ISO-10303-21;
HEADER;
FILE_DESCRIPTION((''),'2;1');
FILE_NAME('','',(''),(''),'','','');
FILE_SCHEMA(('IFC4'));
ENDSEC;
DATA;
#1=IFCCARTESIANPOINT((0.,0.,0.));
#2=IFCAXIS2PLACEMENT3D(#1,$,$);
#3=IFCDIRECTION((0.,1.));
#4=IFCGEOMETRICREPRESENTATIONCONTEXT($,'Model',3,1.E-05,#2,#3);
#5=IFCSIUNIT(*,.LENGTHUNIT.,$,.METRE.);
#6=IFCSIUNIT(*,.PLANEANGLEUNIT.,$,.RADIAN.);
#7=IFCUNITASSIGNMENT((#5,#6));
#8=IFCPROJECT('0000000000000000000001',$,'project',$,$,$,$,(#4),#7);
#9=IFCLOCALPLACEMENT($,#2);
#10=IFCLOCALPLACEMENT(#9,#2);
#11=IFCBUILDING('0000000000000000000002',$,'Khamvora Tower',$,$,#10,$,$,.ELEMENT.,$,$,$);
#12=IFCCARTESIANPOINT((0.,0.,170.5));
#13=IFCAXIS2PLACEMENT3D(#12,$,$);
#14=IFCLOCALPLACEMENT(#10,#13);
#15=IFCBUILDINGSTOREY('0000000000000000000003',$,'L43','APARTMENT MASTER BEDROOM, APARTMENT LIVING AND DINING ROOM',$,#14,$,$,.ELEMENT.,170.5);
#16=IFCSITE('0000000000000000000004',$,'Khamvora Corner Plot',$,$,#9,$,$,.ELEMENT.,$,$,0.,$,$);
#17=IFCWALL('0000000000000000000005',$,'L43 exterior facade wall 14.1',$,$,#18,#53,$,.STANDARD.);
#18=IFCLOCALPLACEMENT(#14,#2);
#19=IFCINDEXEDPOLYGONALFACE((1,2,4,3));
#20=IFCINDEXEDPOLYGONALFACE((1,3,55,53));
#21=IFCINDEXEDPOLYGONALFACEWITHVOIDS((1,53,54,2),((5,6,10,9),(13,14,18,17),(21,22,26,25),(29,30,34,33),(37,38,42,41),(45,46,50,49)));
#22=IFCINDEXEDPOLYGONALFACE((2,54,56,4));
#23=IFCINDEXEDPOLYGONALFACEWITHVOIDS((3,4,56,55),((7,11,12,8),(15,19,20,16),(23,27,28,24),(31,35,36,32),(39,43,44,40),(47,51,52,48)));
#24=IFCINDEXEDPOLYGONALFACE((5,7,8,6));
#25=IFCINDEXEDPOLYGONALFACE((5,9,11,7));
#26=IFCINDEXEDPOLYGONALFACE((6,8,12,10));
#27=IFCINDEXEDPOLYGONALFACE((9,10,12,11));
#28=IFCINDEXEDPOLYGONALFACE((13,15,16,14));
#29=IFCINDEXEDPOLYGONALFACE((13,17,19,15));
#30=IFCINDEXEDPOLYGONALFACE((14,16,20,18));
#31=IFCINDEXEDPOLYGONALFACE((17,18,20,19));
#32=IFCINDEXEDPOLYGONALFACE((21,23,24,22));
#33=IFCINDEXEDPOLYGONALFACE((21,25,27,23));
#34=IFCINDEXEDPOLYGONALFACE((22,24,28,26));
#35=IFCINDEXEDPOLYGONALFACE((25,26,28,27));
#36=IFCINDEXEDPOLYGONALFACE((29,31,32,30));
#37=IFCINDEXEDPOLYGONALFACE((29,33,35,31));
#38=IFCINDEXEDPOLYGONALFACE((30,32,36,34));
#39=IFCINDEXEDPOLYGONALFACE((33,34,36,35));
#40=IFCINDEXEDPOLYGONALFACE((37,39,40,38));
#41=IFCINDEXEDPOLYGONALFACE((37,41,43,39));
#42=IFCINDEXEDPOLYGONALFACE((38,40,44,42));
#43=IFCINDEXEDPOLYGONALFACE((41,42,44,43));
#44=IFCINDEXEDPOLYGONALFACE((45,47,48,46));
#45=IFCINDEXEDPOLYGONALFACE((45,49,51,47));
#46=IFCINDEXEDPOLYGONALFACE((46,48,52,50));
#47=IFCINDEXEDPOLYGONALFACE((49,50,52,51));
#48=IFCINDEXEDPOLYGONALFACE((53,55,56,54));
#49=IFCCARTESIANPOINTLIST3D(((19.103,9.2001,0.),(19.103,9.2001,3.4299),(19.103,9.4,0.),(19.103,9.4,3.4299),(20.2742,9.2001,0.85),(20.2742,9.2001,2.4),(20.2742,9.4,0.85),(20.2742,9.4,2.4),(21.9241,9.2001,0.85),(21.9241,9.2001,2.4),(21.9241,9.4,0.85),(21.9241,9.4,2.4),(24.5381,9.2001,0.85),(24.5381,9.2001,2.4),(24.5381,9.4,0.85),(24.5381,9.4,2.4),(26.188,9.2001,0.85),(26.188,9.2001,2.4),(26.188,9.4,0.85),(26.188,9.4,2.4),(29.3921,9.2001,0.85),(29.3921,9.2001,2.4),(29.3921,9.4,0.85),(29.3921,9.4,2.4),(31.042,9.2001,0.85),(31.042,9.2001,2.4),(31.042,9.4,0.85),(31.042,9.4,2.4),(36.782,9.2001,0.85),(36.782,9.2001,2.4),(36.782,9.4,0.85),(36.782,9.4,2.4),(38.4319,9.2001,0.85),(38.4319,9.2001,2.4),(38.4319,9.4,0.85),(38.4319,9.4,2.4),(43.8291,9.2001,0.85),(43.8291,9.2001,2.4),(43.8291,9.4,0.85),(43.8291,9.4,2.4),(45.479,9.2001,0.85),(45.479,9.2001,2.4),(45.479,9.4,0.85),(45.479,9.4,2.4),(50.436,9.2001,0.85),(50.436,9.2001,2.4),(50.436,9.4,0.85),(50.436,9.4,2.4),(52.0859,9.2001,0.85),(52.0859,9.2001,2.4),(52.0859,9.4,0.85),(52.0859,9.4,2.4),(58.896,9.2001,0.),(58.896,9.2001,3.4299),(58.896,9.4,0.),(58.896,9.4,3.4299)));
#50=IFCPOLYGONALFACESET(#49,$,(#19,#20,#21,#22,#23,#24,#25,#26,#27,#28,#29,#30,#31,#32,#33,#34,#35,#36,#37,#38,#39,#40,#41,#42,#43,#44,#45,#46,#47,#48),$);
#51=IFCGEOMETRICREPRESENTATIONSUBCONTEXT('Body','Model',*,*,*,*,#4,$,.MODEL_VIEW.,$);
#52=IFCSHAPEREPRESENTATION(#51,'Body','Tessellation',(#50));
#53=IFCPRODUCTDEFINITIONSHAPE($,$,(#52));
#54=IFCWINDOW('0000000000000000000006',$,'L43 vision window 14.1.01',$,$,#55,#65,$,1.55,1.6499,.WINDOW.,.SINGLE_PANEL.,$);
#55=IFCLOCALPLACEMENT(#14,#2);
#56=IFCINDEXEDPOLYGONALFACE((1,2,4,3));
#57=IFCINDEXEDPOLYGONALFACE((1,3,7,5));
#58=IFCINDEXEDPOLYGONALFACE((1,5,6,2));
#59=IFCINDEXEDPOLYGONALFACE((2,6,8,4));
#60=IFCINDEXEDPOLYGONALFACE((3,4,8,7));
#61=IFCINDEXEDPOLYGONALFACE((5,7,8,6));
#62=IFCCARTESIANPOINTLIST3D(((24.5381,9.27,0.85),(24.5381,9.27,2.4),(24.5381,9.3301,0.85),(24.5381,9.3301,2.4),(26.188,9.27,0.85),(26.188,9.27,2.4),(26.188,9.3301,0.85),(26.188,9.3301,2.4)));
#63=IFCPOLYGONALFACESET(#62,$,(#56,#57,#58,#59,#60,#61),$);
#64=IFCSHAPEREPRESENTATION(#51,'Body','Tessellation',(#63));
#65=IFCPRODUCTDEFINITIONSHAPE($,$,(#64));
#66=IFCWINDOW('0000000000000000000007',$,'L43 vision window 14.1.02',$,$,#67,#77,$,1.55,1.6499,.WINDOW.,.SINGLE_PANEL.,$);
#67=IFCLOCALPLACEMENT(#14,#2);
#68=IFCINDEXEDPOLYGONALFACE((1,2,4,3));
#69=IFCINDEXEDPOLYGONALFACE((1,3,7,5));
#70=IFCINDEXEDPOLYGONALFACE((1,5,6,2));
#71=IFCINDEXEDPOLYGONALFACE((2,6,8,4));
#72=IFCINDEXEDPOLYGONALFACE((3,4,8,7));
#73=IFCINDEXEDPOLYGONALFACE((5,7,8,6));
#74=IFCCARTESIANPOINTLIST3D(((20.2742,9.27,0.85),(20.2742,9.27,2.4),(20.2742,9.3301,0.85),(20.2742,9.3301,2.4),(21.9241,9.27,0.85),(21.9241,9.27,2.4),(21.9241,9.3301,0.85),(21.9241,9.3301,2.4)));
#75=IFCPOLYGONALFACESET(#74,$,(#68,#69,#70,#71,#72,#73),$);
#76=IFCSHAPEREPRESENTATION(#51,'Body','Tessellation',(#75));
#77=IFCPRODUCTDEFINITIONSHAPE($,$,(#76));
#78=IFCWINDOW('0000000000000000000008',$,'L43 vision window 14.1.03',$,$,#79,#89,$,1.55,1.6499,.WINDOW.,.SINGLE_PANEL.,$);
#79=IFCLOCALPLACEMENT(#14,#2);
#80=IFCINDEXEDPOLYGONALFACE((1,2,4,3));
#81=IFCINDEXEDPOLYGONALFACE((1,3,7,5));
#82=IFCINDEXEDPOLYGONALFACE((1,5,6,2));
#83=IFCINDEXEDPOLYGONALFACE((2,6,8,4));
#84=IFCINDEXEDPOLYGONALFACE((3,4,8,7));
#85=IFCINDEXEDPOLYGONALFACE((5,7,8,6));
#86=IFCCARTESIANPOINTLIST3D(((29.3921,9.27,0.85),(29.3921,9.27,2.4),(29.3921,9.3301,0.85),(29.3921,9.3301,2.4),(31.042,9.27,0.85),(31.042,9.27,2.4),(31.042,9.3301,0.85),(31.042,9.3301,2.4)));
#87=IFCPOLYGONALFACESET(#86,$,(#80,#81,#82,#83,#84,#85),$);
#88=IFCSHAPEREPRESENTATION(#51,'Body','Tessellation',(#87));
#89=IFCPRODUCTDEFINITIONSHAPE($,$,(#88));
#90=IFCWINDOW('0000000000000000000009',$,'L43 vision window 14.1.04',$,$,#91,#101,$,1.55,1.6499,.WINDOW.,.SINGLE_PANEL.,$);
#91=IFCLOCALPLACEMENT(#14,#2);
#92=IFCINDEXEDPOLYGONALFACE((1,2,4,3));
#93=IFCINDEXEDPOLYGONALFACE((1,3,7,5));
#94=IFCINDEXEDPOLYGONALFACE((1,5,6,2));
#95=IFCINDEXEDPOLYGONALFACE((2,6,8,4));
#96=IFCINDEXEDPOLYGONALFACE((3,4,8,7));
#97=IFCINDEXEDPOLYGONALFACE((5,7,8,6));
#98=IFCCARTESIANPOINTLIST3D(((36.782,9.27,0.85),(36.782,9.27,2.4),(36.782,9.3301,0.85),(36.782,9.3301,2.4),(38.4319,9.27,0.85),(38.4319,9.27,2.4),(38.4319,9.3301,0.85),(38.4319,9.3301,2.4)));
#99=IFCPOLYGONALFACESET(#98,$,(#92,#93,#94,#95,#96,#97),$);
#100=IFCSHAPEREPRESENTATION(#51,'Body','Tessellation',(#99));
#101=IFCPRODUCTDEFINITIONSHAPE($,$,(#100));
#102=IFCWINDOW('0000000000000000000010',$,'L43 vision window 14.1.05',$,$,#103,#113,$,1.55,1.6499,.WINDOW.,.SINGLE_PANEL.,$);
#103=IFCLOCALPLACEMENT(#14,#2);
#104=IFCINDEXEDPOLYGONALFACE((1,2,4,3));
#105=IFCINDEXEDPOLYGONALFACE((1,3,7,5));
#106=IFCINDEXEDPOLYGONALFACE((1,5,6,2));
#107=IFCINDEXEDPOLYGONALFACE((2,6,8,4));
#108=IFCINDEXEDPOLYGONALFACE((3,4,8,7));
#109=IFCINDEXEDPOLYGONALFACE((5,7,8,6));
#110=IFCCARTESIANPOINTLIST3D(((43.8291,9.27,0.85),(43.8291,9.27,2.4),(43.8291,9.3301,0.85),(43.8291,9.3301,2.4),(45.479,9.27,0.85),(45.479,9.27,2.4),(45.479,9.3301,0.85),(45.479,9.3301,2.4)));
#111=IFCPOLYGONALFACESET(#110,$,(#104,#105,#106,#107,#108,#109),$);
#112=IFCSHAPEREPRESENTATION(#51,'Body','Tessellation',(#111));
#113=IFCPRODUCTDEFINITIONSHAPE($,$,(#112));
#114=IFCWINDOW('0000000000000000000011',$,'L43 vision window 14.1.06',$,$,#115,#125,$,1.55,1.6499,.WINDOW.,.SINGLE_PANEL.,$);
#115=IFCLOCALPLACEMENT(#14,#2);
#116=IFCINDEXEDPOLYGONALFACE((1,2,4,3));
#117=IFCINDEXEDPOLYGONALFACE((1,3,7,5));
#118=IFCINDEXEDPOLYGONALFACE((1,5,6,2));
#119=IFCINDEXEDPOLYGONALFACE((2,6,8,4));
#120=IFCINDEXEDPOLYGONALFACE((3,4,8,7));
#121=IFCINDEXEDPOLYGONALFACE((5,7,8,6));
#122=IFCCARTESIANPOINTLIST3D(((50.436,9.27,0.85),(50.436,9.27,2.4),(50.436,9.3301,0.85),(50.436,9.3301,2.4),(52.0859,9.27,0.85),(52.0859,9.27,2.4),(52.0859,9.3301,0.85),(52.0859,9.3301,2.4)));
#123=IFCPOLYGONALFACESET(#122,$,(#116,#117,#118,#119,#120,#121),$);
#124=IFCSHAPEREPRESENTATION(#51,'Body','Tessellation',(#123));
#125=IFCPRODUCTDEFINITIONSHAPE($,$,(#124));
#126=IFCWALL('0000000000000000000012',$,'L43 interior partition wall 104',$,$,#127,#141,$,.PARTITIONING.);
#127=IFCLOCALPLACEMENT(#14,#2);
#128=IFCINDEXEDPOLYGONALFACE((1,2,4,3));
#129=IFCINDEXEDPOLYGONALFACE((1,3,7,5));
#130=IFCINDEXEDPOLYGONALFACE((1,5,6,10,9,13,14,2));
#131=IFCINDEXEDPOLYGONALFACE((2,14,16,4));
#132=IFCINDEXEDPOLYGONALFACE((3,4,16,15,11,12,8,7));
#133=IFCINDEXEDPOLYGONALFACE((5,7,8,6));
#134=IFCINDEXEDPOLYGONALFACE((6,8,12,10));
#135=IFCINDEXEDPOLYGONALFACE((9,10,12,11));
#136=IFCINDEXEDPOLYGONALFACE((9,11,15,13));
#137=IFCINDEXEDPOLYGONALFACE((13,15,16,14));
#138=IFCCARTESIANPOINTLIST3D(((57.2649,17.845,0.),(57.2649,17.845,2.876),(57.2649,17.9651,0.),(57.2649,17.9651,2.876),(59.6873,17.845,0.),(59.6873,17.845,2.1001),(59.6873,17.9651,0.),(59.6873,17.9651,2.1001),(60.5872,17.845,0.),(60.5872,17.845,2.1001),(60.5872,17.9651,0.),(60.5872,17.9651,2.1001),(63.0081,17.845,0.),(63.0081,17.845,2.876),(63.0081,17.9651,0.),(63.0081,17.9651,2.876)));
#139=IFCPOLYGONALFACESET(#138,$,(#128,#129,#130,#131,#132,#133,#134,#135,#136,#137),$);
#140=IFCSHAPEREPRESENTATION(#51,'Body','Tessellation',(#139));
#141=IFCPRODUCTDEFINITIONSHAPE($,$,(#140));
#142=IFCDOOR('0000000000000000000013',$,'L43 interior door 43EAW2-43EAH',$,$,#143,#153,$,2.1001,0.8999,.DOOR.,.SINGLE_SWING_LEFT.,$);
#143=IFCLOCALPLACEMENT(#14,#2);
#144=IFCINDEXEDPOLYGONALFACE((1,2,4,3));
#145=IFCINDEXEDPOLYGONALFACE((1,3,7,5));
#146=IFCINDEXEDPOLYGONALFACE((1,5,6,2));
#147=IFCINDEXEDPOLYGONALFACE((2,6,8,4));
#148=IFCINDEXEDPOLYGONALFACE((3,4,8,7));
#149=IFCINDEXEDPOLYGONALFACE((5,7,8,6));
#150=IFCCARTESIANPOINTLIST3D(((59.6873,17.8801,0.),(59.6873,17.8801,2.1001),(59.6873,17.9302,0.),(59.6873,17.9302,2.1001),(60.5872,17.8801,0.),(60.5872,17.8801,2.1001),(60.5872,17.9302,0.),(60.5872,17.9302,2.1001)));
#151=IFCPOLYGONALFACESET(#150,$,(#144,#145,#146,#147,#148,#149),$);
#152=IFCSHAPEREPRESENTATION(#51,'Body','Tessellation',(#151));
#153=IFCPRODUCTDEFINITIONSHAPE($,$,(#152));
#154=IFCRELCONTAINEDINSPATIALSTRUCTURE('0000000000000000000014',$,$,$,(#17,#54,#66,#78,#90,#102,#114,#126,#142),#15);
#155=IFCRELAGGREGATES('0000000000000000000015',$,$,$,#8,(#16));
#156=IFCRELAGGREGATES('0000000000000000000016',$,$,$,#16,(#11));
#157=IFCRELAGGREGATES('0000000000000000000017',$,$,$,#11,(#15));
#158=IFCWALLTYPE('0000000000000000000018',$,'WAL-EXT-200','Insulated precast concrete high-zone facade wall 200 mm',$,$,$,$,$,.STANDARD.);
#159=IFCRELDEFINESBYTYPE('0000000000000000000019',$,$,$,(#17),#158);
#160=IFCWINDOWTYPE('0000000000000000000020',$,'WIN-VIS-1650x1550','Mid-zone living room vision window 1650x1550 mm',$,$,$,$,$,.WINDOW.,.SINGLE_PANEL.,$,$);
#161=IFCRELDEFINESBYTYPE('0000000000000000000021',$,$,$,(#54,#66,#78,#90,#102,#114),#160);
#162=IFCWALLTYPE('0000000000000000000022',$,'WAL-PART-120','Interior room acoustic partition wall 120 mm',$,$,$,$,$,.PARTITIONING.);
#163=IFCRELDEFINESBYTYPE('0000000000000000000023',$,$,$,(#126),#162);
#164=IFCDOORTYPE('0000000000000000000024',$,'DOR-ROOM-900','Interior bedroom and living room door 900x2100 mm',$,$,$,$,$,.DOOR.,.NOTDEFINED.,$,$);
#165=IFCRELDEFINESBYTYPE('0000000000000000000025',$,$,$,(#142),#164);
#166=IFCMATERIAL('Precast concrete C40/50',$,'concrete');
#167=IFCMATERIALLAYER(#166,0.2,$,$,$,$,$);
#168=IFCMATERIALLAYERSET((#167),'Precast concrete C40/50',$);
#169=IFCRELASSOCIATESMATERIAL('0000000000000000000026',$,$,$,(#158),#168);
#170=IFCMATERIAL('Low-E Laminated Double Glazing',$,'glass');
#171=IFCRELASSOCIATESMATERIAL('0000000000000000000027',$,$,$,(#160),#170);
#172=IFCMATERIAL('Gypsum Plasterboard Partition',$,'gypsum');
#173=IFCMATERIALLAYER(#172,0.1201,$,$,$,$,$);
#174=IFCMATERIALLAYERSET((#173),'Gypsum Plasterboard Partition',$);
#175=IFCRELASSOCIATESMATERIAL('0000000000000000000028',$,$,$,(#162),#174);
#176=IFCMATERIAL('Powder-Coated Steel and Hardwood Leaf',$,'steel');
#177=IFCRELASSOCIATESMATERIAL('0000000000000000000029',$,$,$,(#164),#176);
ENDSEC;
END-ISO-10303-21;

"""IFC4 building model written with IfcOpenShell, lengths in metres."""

from ifc_helpers import new_model, si_unit, direction, frame, frame_2d, origin, place, context, subcontext, project, spatial, rectangle, extrude, material, layer, layer_set, type_object, element, fill, save


model = new_model("IFC4")

# Units and contexts
model_context = context("Model", 3, precision=1e-05, world=origin(), true_north=direction((0.0, 1.0)))
body_context = subcontext(model_context, "Body", "Model", "MODEL_VIEW")
ifc_project = project(units=[si_unit("LENGTHUNIT", "METRE"), si_unit("PLANEANGLEUNIT", "RADIAN")], contexts=[model_context])

# Site, building, storey
site_placement = place(None, origin())
site = spatial("IfcSite", under=ifc_project, at=site_placement, Name="Khamvora Corner Plot", CompositionType="ELEMENT", RefElevation=0.0)
building_placement = place(site_placement, origin())
building = spatial("IfcBuilding", under=site, at=building_placement, Name="Khamvora Tower", CompositionType="ELEMENT")
storey_placement = place(building_placement, frame((0.0, 0.0, 170.5)))
storey = spatial("IfcBuildingStorey", under=building, at=storey_placement, Name="L43", Description="APARTMENT MASTER BEDROOM, APARTMENT LIVING AND DINING ROOM", CompositionType="ELEMENT", Elevation=170.5)

# Shared definitions
ifc_material_1 = material(Name="Precast concrete C40/50", Category="concrete")
ifc_layer_1 = layer(ifc_material_1, 0.2)
ifc_layer_set_1 = layer_set([ifc_layer_1], Name="Precast concrete C40/50")
wall_type_1 = type_object("IfcWallType", Name="WAL-EXT-200", Description="Insulated precast concrete high-zone facade wall 200 mm", PredefinedType="STANDARD", material=ifc_layer_set_1)

# Wall, openings, windows
wall_1_placement = place(storey_placement, frame((58.896, 9.3, 0.0), z_axis=(0.0, 0.0, 1.0), x_axis=(-1.0, 0.0, 0.0)))
wall_1 = element("IfcWall", 1, at=wall_1_placement, inside=storey, type_object=wall_type_1, Name="L43 exterior facade wall 14.1", PredefinedType="STANDARD", context=body_context, shape_type="SweptSolid", body=[
    extrude(rectangle(XDim=39.793, YDim=0.2, at=frame_2d((19.8965, 0.0))), origin(), (0.0, 0.0, 1.0), 3.4299),
])
opening_1_placement = place(wall_1_placement, frame((32.708, 0.0, 0.8501)))
opening_1 = element("IfcOpeningElement", 2, at=opening_1_placement, cuts=wall_1, PredefinedType="OPENING", context=body_context, shape_type="SweptSolid", body=[
    extrude(rectangle(XDim=1.6499, YDim=1.55, at=frame_2d((0.825, 0.7749))), frame((0.0, 0.1099, 0.0), z_axis=(0.0, -1.0, 0.0), x_axis=(1.0, 0.0, 0.0)), (0.0, 0.0, 1.0), 0.22),
])
opening_2_placement = place(wall_1_placement, frame((36.9719, 0.0, 0.8501)))
opening_2 = element("IfcOpeningElement", 3, at=opening_2_placement, cuts=wall_1, PredefinedType="OPENING", context=body_context, shape_type="SweptSolid", body=[
    extrude(rectangle(XDim=1.6499, YDim=1.55, at=frame_2d((0.825, 0.7749))), frame((0.0, 0.1099, 0.0), z_axis=(0.0, -1.0, 0.0), x_axis=(1.0, 0.0, 0.0)), (0.0, 0.0, 1.0), 0.22),
])
opening_3_placement = place(wall_1_placement, frame((27.854, 0.0, 0.8501)))
opening_3 = element("IfcOpeningElement", 4, at=opening_3_placement, cuts=wall_1, PredefinedType="OPENING", context=body_context, shape_type="SweptSolid", body=[
    extrude(rectangle(XDim=1.6499, YDim=1.55, at=frame_2d((0.825, 0.7749))), frame((0.0, 0.1099, 0.0), z_axis=(0.0, -1.0, 0.0), x_axis=(1.0, 0.0, 0.0)), (0.0, 0.0, 1.0), 0.22),
])
opening_4_placement = place(wall_1_placement, frame((20.4641, 0.0, 0.8501)))
opening_4 = element("IfcOpeningElement", 5, at=opening_4_placement, cuts=wall_1, PredefinedType="OPENING", context=body_context, shape_type="SweptSolid", body=[
    extrude(rectangle(XDim=1.6499, YDim=1.55, at=frame_2d((0.825, 0.7749))), frame((0.0, 0.1099, 0.0), z_axis=(0.0, -1.0, 0.0), x_axis=(1.0, 0.0, 0.0)), (0.0, 0.0, 1.0), 0.22),
])
opening_5_placement = place(wall_1_placement, frame((13.417, 0.0, 0.8501)))
opening_5 = element("IfcOpeningElement", 6, at=opening_5_placement, cuts=wall_1, PredefinedType="OPENING", context=body_context, shape_type="SweptSolid", body=[
    extrude(rectangle(XDim=1.6499, YDim=1.55, at=frame_2d((0.825, 0.7749))), frame((0.0, 0.1099, 0.0), z_axis=(0.0, -1.0, 0.0), x_axis=(1.0, 0.0, 0.0)), (0.0, 0.0, 1.0), 0.22),
])
opening_6_placement = place(wall_1_placement, frame((6.8101, 0.0, 0.8501)))
opening_6 = element("IfcOpeningElement", 7, at=opening_6_placement, cuts=wall_1, PredefinedType="OPENING", context=body_context, shape_type="SweptSolid", body=[
    extrude(rectangle(XDim=1.6499, YDim=1.55, at=frame_2d((0.825, 0.7749))), frame((0.0, 0.1099, 0.0), z_axis=(0.0, -1.0, 0.0), x_axis=(1.0, 0.0, 0.0)), (0.0, 0.0, 1.0), 0.22),
])
ifc_material_2 = material(Name="Low-E Laminated Double Glazing", Category="glass")
window_type = type_object("IfcWindowType", Name="WIN-VIS-1650x1550", Description="Mid-zone living room vision window 1650x1550 mm", PartitioningType="SINGLE_PANEL", PredefinedType="WINDOW", material=ifc_material_2)
window_1_placement = place(opening_1_placement, origin())
window_1 = element("IfcWindow", 8, at=window_1_placement, inside=storey, type_object=window_type, Name="L43 vision window 14.1.01", OverallHeight=1.55, OverallWidth=1.6499, PartitioningType="SINGLE_PANEL", PredefinedType="WINDOW", context=body_context, shape_type="SweptSolid", body=[
    extrude(rectangle(XDim=1.6499, YDim=1.55, at=frame_2d((0.825, 0.7749))), frame((0.0, 0.03, 0.0), z_axis=(0.0, -1.0, 0.0), x_axis=(1.0, 0.0, 0.0)), (0.0, 0.0, 1.0), 0.0601),
])
fill(opening_1, window_1)
window_2_placement = place(opening_2_placement, origin())
window_2 = element("IfcWindow", 9, at=window_2_placement, inside=storey, type_object=window_type, Name="L43 vision window 14.1.02", OverallHeight=1.55, OverallWidth=1.6499, PartitioningType="SINGLE_PANEL", PredefinedType="WINDOW", context=body_context, shape_type="SweptSolid", body=[
    extrude(rectangle(XDim=1.6499, YDim=1.55, at=frame_2d((0.825, 0.7749))), frame((0.0, 0.03, 0.0), z_axis=(0.0, -1.0, 0.0), x_axis=(1.0, 0.0, 0.0)), (0.0, 0.0, 1.0), 0.0601),
])
fill(opening_2, window_2)
window_3_placement = place(opening_3_placement, origin())
window_3 = element("IfcWindow", 10, at=window_3_placement, inside=storey, type_object=window_type, Name="L43 vision window 14.1.03", OverallHeight=1.55, OverallWidth=1.6499, PartitioningType="SINGLE_PANEL", PredefinedType="WINDOW", context=body_context, shape_type="SweptSolid", body=[
    extrude(rectangle(XDim=1.6499, YDim=1.55, at=frame_2d((0.825, 0.7749))), frame((0.0, 0.03, 0.0), z_axis=(0.0, -1.0, 0.0), x_axis=(1.0, 0.0, 0.0)), (0.0, 0.0, 1.0), 0.0601),
])
fill(opening_3, window_3)
window_4_placement = place(opening_4_placement, origin())
window_4 = element("IfcWindow", 11, at=window_4_placement, inside=storey, type_object=window_type, Name="L43 vision window 14.1.04", OverallHeight=1.55, OverallWidth=1.6499, PartitioningType="SINGLE_PANEL", PredefinedType="WINDOW", context=body_context, shape_type="SweptSolid", body=[
    extrude(rectangle(XDim=1.6499, YDim=1.55, at=frame_2d((0.825, 0.7749))), frame((0.0, 0.03, 0.0), z_axis=(0.0, -1.0, 0.0), x_axis=(1.0, 0.0, 0.0)), (0.0, 0.0, 1.0), 0.0601),
])
fill(opening_4, window_4)
window_5_placement = place(opening_5_placement, origin())
window_5 = element("IfcWindow", 12, at=window_5_placement, inside=storey, type_object=window_type, Name="L43 vision window 14.1.05", OverallHeight=1.55, OverallWidth=1.6499, PartitioningType="SINGLE_PANEL", PredefinedType="WINDOW", context=body_context, shape_type="SweptSolid", body=[
    extrude(rectangle(XDim=1.6499, YDim=1.55, at=frame_2d((0.825, 0.7749))), frame((0.0, 0.03, 0.0), z_axis=(0.0, -1.0, 0.0), x_axis=(1.0, 0.0, 0.0)), (0.0, 0.0, 1.0), 0.0601),
])
fill(opening_5, window_5)
window_6_placement = place(opening_6_placement, origin())
window_6 = element("IfcWindow", 13, at=window_6_placement, inside=storey, type_object=window_type, Name="L43 vision window 14.1.06", OverallHeight=1.55, OverallWidth=1.6499, PartitioningType="SINGLE_PANEL", PredefinedType="WINDOW", context=body_context, shape_type="SweptSolid", body=[
    extrude(rectangle(XDim=1.6499, YDim=1.55, at=frame_2d((0.825, 0.7749))), frame((0.0, 0.03, 0.0), z_axis=(0.0, -1.0, 0.0), x_axis=(1.0, 0.0, 0.0)), (0.0, 0.0, 1.0), 0.0601),
])
fill(opening_6, window_6)

# Wall, opening, door
ifc_material_3 = material(Name="Gypsum Plasterboard Partition", Category="gypsum")
ifc_layer_2 = layer(ifc_material_3, 0.1201)
ifc_layer_set_2 = layer_set([ifc_layer_2], Name="Gypsum Plasterboard Partition")
wall_type_2 = type_object("IfcWallType", Name="WAL-PART-120", Description="Interior room acoustic partition wall 120 mm", PredefinedType="PARTITIONING", material=ifc_layer_set_2)
wall_2_placement = place(storey_placement, frame((63.0081, 17.905, 0.0), z_axis=(0.0, 0.0, 1.0), x_axis=(-1.0, 0.0, 0.0)))
wall_2 = element("IfcWall", 14, at=wall_2_placement, inside=storey, type_object=wall_type_2, Name="L43 interior partition wall 104", PredefinedType="PARTITIONING", context=body_context, shape_type="SweptSolid", body=[
    extrude(rectangle(XDim=5.7432, YDim=0.1201, at=frame_2d((2.8716, 0.0))), origin(), (0.0, 0.0, 1.0), 2.876),
])
opening_7_placement = place(wall_2_placement, frame((2.4209, 0.0, 0.0)))
opening_7 = element("IfcOpeningElement", 15, at=opening_7_placement, cuts=wall_2, PredefinedType="OPENING", context=body_context, shape_type="SweptSolid", body=[
    extrude(rectangle(XDim=0.8999, YDim=2.1001, at=frame_2d((0.45, 1.05))), frame((0.0, 0.0701, 0.0), z_axis=(0.0, -1.0, 0.0), x_axis=(1.0, 0.0, 0.0)), (0.0, 0.0, 1.0), 0.1401),
])
ifc_material_4 = material(Name="Powder-Coated Steel and Hardwood Leaf", Category="steel")
door_type = type_object("IfcDoorType", Name="DOR-ROOM-900", Description="Interior bedroom and living room door 900x2100 mm", OperationType="NOTDEFINED", PredefinedType="DOOR", material=ifc_material_4)
door_1_placement = place(opening_7_placement, origin())
door_1 = element("IfcDoor", 16, at=door_1_placement, inside=storey, type_object=door_type, Name="L43 interior door 43EAW2-43EAH", OperationType="SINGLE_SWING_LEFT", OverallHeight=2.1001, OverallWidth=0.8999, PredefinedType="DOOR", context=body_context, shape_type="SweptSolid", body=[
    extrude(rectangle(XDim=0.8999, YDim=2.1001, at=frame_2d((0.45, 1.05))), frame((0.0, 0.0249, 0.0), z_axis=(0.0, -1.0, 0.0), x_axis=(1.0, 0.0, 0.0)), (0.0, 0.0, 1.0), 0.05),
])
fill(opening_7, door_1)

save(model, "model.ifc")
